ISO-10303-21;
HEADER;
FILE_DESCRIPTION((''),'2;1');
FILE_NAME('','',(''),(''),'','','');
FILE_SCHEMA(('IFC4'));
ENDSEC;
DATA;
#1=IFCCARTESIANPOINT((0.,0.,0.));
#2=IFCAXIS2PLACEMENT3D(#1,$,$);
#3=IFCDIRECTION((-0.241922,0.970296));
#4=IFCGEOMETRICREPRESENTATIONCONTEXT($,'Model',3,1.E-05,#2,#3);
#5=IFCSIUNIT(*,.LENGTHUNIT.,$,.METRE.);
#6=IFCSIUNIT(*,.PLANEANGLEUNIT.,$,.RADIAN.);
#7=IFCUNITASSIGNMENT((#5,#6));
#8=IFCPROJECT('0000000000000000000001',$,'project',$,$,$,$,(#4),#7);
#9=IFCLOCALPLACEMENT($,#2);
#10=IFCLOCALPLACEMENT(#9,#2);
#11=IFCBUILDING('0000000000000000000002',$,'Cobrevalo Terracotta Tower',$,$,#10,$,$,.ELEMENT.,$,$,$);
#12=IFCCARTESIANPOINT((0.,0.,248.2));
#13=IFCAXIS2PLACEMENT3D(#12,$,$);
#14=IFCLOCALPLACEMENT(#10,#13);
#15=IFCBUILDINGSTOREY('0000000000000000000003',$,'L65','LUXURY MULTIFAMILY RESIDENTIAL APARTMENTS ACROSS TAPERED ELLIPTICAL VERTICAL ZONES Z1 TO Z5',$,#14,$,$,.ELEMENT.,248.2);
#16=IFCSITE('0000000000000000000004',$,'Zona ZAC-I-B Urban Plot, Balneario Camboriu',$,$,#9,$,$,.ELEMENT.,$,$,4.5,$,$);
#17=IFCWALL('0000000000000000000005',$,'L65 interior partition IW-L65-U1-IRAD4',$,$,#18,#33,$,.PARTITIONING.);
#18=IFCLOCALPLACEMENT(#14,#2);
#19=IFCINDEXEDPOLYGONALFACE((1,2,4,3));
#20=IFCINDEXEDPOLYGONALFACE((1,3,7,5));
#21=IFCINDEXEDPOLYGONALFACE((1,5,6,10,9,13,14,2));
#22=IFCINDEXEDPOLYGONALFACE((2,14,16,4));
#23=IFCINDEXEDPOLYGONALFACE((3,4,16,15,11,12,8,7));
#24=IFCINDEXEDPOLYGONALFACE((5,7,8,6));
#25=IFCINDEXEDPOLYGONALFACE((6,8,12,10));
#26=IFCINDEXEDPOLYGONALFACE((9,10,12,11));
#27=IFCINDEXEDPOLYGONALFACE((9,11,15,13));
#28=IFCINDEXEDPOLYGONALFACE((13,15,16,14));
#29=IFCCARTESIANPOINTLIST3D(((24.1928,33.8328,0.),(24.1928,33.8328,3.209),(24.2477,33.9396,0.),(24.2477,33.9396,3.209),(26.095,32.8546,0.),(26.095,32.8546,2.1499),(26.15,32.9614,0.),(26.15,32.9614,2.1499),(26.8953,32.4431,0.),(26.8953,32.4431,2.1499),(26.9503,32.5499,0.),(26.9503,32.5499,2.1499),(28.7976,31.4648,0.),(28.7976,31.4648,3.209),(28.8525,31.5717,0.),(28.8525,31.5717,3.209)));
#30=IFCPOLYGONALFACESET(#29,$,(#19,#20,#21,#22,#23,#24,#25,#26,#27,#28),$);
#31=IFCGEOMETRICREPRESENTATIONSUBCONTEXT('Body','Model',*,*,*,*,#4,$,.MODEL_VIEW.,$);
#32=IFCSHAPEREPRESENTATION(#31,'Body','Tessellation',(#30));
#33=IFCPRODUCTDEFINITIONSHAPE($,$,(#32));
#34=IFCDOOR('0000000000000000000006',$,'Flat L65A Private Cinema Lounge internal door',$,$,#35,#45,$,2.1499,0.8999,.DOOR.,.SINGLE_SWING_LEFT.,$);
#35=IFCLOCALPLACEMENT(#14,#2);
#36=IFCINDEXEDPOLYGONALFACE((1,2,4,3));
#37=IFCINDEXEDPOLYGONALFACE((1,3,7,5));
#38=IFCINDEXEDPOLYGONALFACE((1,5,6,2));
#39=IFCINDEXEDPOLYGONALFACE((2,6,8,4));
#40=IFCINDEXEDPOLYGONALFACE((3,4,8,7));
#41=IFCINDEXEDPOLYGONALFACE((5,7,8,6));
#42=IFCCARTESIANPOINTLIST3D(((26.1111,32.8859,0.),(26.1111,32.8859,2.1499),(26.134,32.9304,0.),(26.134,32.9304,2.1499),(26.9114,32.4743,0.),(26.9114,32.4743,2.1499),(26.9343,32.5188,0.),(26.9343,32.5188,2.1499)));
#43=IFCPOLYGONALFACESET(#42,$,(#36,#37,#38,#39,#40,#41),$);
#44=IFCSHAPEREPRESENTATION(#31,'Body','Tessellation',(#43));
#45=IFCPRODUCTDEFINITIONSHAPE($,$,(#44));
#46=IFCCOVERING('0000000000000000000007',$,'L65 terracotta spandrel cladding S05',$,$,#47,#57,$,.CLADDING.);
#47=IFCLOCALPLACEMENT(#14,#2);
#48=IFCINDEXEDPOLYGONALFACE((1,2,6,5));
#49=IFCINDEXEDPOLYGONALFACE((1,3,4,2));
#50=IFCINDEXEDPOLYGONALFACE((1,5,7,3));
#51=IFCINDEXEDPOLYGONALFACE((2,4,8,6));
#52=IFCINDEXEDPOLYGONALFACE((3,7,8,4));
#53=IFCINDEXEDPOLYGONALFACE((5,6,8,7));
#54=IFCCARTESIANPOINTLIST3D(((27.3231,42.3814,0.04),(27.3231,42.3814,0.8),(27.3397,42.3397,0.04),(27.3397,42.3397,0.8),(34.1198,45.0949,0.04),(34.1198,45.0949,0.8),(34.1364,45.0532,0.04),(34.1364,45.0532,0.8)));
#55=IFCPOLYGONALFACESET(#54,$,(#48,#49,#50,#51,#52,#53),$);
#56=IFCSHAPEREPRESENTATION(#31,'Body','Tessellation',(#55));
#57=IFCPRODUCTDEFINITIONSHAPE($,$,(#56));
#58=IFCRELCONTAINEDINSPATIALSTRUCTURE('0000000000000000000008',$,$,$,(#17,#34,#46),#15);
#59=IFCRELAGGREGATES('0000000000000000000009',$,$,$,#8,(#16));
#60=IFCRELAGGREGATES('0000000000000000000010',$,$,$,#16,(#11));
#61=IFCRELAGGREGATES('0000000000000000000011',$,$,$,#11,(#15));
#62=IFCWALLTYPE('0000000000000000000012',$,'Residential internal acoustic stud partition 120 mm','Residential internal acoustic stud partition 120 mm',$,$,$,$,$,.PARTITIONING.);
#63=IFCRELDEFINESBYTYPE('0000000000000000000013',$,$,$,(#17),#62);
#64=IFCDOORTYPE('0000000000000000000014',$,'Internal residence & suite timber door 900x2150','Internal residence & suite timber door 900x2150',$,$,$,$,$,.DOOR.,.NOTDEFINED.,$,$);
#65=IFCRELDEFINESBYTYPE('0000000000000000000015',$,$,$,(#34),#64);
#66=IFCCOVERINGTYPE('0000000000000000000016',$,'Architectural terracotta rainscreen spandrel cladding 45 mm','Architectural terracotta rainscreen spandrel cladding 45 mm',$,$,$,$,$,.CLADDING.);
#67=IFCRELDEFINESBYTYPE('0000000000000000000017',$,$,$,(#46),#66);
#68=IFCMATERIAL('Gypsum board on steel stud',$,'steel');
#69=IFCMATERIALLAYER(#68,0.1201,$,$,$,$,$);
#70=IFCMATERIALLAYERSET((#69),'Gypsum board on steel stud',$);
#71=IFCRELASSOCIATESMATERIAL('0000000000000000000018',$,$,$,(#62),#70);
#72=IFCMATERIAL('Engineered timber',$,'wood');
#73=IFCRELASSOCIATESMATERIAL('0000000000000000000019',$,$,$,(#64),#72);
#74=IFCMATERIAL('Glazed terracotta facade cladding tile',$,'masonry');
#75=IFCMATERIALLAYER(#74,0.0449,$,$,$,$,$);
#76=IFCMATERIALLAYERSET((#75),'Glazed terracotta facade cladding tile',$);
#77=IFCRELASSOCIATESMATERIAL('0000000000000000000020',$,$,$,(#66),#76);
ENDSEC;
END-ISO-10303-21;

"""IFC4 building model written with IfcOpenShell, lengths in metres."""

from ifc_helpers import new_model, si_unit, direction, frame, frame_2d, origin, origin_2d, place, context, subcontext, project, spatial, rectangle, extrude, source, transform, mapped, material, layer, layer_set, type_object, element, fill, save


model = new_model("IFC4")

# Units and contexts
model_context = context("Model", 3, precision=1e-05, world=origin(), true_north=direction((-0.241922, 0.970296)))
body_context = subcontext(model_context, "Body", "Model", "MODEL_VIEW")
ifc_project = project(units=[si_unit("LENGTHUNIT", "METRE"), si_unit("PLANEANGLEUNIT", "RADIAN")], contexts=[model_context])

# Site, building, storey
site_placement = place(None, origin())
site = spatial("IfcSite", under=ifc_project, at=site_placement, Name="Zona ZAC-I-B Urban Plot, Balneario Camboriu", CompositionType="ELEMENT", RefElevation=4.5)
building_placement = place(site_placement, origin())
building = spatial("IfcBuilding", under=site, at=building_placement, Name="Cobrevalo Terracotta Tower", CompositionType="ELEMENT")
storey_placement = place(building_placement, frame((0.0, 0.0, 248.2)))
storey = spatial("IfcBuildingStorey", under=building, at=storey_placement, Name="L65", Description="LUXURY MULTIFAMILY RESIDENTIAL APARTMENTS ACROSS TAPERED ELLIPTICAL VERTICAL ZONES Z1 TO Z5", CompositionType="ELEMENT", Elevation=248.2)

# Shared definitions
ifc_material_1 = material(Name="Gypsum board on steel stud", Category="steel")
ifc_layer_1 = layer(ifc_material_1, 0.1201)
ifc_layer_set_1 = layer_set([ifc_layer_1], Name="Gypsum board on steel stud")
wall_type_1 = type_object("IfcWallType", Name="Residential internal acoustic stud partition 120 mm", Description="Residential internal acoustic stud partition 120 mm", PredefinedType="PARTITIONING", material=ifc_layer_set_1)

# Shared definitions
ifc_material_2 = material(Name="Engineered timber", Category="wood")
door_type = type_object("IfcDoorType", Name="Internal residence & suite timber door 900x2150", Description="Internal residence & suite timber door 900x2150", OperationType="NOTDEFINED", PredefinedType="DOOR", material=ifc_material_2)
shared_shape_1 = source(origin(), body_context, "Body", "SweptSolid", [
    extrude(rectangle(XDim=0.8999, YDim=2.1499, at=frame_2d((0.45, 1.075))), frame((0.0, 0.0249, 0.0), z_axis=(0.0, -1.0, 0.0), x_axis=(1.0, 0.0, 0.0)), (0.0, 0.0, 1.0), 0.05),
])

# Wall, opening, door
wall_1_placement = place(storey_placement, frame((28.825, 31.5183, 0.0), z_axis=(0.0, 0.0, 1.0), x_axis=(-0.889306, 0.457313, 0.0)))
wall_1 = element("IfcWall", 1, at=wall_1_placement, inside=storey, type_object=wall_type_1, Name="L65 interior partition IW-L65-U1-IRAD4", PredefinedType="PARTITIONING", context=body_context, shape_type="SweptSolid", body=[
    extrude(rectangle(XDim=5.178, YDim=0.1201, at=frame_2d((2.5889, 0.0))), origin(), (0.0, 0.0, 1.0), 3.209),
])
opening_1_placement = place(wall_1_placement, frame((2.1389, 0.0, 0.0)))
opening_1 = element("IfcOpeningElement", 2, at=opening_1_placement, cuts=wall_1, PredefinedType="OPENING", context=body_context, shape_type="SweptSolid", body=[
    extrude(rectangle(XDim=0.8999, YDim=2.1499, at=frame_2d((0.45, 1.075))), frame((0.0, 0.0701, 0.0), z_axis=(0.0, -1.0, 0.0), x_axis=(1.0, 0.0, 0.0)), (0.0, 0.0, 1.0), 0.1401),
])
door_1_placement = place(opening_1_placement, origin())
door_1 = element("IfcDoor", 3, at=door_1_placement, inside=storey, type_object=door_type, Name="Flat L65A Private Cinema Lounge internal door", OperationType="SINGLE_SWING_LEFT", OverallHeight=2.1499, OverallWidth=0.8999, PredefinedType="DOOR", context=body_context, shape_type="MappedRepresentation", body=[
    mapped(shared_shape_1, transform((0.0, 0.0, 0.0), scale=1.0)),
])
fill(opening_1, door_1)

# Covering
ifc_material_3 = material(Name="Glazed terracotta facade cladding tile", Category="masonry")
ifc_layer_2 = layer(ifc_material_3, 0.0449)
ifc_layer_set_2 = layer_set([ifc_layer_2], Name="Glazed terracotta facade cladding tile")
covering_type = type_object("IfcCoveringType", Name="Architectural terracotta rainscreen spandrel cladding 45 mm", Description="Architectural terracotta rainscreen spandrel cladding 45 mm", PredefinedType="CLADDING", material=ifc_layer_set_2)
shared_shape_2 = source(origin(), body_context, "Body", "SweptSolid", [
    extrude(rectangle(XDim=7.3184, YDim=0.0449, at=origin_2d()), origin(), (0.0, 0.0, 1.0), 0.76),
])
covering_placement = place(storey_placement, frame((30.7297, 43.7173, 0.04), z_axis=(0.0, 0.0, 1.0), x_axis=(-0.928718, -0.370786, 0.0)))
element("IfcCovering", 4, at=covering_placement, inside=storey, type_object=covering_type, Name="L65 terracotta spandrel cladding S05", PredefinedType="CLADDING", context=body_context, shape_type="MappedRepresentation", body=[
    mapped(shared_shape_2, transform((0.0, 0.0, 0.0), scale=1.0)),
])

save(model, "model.ifc")
